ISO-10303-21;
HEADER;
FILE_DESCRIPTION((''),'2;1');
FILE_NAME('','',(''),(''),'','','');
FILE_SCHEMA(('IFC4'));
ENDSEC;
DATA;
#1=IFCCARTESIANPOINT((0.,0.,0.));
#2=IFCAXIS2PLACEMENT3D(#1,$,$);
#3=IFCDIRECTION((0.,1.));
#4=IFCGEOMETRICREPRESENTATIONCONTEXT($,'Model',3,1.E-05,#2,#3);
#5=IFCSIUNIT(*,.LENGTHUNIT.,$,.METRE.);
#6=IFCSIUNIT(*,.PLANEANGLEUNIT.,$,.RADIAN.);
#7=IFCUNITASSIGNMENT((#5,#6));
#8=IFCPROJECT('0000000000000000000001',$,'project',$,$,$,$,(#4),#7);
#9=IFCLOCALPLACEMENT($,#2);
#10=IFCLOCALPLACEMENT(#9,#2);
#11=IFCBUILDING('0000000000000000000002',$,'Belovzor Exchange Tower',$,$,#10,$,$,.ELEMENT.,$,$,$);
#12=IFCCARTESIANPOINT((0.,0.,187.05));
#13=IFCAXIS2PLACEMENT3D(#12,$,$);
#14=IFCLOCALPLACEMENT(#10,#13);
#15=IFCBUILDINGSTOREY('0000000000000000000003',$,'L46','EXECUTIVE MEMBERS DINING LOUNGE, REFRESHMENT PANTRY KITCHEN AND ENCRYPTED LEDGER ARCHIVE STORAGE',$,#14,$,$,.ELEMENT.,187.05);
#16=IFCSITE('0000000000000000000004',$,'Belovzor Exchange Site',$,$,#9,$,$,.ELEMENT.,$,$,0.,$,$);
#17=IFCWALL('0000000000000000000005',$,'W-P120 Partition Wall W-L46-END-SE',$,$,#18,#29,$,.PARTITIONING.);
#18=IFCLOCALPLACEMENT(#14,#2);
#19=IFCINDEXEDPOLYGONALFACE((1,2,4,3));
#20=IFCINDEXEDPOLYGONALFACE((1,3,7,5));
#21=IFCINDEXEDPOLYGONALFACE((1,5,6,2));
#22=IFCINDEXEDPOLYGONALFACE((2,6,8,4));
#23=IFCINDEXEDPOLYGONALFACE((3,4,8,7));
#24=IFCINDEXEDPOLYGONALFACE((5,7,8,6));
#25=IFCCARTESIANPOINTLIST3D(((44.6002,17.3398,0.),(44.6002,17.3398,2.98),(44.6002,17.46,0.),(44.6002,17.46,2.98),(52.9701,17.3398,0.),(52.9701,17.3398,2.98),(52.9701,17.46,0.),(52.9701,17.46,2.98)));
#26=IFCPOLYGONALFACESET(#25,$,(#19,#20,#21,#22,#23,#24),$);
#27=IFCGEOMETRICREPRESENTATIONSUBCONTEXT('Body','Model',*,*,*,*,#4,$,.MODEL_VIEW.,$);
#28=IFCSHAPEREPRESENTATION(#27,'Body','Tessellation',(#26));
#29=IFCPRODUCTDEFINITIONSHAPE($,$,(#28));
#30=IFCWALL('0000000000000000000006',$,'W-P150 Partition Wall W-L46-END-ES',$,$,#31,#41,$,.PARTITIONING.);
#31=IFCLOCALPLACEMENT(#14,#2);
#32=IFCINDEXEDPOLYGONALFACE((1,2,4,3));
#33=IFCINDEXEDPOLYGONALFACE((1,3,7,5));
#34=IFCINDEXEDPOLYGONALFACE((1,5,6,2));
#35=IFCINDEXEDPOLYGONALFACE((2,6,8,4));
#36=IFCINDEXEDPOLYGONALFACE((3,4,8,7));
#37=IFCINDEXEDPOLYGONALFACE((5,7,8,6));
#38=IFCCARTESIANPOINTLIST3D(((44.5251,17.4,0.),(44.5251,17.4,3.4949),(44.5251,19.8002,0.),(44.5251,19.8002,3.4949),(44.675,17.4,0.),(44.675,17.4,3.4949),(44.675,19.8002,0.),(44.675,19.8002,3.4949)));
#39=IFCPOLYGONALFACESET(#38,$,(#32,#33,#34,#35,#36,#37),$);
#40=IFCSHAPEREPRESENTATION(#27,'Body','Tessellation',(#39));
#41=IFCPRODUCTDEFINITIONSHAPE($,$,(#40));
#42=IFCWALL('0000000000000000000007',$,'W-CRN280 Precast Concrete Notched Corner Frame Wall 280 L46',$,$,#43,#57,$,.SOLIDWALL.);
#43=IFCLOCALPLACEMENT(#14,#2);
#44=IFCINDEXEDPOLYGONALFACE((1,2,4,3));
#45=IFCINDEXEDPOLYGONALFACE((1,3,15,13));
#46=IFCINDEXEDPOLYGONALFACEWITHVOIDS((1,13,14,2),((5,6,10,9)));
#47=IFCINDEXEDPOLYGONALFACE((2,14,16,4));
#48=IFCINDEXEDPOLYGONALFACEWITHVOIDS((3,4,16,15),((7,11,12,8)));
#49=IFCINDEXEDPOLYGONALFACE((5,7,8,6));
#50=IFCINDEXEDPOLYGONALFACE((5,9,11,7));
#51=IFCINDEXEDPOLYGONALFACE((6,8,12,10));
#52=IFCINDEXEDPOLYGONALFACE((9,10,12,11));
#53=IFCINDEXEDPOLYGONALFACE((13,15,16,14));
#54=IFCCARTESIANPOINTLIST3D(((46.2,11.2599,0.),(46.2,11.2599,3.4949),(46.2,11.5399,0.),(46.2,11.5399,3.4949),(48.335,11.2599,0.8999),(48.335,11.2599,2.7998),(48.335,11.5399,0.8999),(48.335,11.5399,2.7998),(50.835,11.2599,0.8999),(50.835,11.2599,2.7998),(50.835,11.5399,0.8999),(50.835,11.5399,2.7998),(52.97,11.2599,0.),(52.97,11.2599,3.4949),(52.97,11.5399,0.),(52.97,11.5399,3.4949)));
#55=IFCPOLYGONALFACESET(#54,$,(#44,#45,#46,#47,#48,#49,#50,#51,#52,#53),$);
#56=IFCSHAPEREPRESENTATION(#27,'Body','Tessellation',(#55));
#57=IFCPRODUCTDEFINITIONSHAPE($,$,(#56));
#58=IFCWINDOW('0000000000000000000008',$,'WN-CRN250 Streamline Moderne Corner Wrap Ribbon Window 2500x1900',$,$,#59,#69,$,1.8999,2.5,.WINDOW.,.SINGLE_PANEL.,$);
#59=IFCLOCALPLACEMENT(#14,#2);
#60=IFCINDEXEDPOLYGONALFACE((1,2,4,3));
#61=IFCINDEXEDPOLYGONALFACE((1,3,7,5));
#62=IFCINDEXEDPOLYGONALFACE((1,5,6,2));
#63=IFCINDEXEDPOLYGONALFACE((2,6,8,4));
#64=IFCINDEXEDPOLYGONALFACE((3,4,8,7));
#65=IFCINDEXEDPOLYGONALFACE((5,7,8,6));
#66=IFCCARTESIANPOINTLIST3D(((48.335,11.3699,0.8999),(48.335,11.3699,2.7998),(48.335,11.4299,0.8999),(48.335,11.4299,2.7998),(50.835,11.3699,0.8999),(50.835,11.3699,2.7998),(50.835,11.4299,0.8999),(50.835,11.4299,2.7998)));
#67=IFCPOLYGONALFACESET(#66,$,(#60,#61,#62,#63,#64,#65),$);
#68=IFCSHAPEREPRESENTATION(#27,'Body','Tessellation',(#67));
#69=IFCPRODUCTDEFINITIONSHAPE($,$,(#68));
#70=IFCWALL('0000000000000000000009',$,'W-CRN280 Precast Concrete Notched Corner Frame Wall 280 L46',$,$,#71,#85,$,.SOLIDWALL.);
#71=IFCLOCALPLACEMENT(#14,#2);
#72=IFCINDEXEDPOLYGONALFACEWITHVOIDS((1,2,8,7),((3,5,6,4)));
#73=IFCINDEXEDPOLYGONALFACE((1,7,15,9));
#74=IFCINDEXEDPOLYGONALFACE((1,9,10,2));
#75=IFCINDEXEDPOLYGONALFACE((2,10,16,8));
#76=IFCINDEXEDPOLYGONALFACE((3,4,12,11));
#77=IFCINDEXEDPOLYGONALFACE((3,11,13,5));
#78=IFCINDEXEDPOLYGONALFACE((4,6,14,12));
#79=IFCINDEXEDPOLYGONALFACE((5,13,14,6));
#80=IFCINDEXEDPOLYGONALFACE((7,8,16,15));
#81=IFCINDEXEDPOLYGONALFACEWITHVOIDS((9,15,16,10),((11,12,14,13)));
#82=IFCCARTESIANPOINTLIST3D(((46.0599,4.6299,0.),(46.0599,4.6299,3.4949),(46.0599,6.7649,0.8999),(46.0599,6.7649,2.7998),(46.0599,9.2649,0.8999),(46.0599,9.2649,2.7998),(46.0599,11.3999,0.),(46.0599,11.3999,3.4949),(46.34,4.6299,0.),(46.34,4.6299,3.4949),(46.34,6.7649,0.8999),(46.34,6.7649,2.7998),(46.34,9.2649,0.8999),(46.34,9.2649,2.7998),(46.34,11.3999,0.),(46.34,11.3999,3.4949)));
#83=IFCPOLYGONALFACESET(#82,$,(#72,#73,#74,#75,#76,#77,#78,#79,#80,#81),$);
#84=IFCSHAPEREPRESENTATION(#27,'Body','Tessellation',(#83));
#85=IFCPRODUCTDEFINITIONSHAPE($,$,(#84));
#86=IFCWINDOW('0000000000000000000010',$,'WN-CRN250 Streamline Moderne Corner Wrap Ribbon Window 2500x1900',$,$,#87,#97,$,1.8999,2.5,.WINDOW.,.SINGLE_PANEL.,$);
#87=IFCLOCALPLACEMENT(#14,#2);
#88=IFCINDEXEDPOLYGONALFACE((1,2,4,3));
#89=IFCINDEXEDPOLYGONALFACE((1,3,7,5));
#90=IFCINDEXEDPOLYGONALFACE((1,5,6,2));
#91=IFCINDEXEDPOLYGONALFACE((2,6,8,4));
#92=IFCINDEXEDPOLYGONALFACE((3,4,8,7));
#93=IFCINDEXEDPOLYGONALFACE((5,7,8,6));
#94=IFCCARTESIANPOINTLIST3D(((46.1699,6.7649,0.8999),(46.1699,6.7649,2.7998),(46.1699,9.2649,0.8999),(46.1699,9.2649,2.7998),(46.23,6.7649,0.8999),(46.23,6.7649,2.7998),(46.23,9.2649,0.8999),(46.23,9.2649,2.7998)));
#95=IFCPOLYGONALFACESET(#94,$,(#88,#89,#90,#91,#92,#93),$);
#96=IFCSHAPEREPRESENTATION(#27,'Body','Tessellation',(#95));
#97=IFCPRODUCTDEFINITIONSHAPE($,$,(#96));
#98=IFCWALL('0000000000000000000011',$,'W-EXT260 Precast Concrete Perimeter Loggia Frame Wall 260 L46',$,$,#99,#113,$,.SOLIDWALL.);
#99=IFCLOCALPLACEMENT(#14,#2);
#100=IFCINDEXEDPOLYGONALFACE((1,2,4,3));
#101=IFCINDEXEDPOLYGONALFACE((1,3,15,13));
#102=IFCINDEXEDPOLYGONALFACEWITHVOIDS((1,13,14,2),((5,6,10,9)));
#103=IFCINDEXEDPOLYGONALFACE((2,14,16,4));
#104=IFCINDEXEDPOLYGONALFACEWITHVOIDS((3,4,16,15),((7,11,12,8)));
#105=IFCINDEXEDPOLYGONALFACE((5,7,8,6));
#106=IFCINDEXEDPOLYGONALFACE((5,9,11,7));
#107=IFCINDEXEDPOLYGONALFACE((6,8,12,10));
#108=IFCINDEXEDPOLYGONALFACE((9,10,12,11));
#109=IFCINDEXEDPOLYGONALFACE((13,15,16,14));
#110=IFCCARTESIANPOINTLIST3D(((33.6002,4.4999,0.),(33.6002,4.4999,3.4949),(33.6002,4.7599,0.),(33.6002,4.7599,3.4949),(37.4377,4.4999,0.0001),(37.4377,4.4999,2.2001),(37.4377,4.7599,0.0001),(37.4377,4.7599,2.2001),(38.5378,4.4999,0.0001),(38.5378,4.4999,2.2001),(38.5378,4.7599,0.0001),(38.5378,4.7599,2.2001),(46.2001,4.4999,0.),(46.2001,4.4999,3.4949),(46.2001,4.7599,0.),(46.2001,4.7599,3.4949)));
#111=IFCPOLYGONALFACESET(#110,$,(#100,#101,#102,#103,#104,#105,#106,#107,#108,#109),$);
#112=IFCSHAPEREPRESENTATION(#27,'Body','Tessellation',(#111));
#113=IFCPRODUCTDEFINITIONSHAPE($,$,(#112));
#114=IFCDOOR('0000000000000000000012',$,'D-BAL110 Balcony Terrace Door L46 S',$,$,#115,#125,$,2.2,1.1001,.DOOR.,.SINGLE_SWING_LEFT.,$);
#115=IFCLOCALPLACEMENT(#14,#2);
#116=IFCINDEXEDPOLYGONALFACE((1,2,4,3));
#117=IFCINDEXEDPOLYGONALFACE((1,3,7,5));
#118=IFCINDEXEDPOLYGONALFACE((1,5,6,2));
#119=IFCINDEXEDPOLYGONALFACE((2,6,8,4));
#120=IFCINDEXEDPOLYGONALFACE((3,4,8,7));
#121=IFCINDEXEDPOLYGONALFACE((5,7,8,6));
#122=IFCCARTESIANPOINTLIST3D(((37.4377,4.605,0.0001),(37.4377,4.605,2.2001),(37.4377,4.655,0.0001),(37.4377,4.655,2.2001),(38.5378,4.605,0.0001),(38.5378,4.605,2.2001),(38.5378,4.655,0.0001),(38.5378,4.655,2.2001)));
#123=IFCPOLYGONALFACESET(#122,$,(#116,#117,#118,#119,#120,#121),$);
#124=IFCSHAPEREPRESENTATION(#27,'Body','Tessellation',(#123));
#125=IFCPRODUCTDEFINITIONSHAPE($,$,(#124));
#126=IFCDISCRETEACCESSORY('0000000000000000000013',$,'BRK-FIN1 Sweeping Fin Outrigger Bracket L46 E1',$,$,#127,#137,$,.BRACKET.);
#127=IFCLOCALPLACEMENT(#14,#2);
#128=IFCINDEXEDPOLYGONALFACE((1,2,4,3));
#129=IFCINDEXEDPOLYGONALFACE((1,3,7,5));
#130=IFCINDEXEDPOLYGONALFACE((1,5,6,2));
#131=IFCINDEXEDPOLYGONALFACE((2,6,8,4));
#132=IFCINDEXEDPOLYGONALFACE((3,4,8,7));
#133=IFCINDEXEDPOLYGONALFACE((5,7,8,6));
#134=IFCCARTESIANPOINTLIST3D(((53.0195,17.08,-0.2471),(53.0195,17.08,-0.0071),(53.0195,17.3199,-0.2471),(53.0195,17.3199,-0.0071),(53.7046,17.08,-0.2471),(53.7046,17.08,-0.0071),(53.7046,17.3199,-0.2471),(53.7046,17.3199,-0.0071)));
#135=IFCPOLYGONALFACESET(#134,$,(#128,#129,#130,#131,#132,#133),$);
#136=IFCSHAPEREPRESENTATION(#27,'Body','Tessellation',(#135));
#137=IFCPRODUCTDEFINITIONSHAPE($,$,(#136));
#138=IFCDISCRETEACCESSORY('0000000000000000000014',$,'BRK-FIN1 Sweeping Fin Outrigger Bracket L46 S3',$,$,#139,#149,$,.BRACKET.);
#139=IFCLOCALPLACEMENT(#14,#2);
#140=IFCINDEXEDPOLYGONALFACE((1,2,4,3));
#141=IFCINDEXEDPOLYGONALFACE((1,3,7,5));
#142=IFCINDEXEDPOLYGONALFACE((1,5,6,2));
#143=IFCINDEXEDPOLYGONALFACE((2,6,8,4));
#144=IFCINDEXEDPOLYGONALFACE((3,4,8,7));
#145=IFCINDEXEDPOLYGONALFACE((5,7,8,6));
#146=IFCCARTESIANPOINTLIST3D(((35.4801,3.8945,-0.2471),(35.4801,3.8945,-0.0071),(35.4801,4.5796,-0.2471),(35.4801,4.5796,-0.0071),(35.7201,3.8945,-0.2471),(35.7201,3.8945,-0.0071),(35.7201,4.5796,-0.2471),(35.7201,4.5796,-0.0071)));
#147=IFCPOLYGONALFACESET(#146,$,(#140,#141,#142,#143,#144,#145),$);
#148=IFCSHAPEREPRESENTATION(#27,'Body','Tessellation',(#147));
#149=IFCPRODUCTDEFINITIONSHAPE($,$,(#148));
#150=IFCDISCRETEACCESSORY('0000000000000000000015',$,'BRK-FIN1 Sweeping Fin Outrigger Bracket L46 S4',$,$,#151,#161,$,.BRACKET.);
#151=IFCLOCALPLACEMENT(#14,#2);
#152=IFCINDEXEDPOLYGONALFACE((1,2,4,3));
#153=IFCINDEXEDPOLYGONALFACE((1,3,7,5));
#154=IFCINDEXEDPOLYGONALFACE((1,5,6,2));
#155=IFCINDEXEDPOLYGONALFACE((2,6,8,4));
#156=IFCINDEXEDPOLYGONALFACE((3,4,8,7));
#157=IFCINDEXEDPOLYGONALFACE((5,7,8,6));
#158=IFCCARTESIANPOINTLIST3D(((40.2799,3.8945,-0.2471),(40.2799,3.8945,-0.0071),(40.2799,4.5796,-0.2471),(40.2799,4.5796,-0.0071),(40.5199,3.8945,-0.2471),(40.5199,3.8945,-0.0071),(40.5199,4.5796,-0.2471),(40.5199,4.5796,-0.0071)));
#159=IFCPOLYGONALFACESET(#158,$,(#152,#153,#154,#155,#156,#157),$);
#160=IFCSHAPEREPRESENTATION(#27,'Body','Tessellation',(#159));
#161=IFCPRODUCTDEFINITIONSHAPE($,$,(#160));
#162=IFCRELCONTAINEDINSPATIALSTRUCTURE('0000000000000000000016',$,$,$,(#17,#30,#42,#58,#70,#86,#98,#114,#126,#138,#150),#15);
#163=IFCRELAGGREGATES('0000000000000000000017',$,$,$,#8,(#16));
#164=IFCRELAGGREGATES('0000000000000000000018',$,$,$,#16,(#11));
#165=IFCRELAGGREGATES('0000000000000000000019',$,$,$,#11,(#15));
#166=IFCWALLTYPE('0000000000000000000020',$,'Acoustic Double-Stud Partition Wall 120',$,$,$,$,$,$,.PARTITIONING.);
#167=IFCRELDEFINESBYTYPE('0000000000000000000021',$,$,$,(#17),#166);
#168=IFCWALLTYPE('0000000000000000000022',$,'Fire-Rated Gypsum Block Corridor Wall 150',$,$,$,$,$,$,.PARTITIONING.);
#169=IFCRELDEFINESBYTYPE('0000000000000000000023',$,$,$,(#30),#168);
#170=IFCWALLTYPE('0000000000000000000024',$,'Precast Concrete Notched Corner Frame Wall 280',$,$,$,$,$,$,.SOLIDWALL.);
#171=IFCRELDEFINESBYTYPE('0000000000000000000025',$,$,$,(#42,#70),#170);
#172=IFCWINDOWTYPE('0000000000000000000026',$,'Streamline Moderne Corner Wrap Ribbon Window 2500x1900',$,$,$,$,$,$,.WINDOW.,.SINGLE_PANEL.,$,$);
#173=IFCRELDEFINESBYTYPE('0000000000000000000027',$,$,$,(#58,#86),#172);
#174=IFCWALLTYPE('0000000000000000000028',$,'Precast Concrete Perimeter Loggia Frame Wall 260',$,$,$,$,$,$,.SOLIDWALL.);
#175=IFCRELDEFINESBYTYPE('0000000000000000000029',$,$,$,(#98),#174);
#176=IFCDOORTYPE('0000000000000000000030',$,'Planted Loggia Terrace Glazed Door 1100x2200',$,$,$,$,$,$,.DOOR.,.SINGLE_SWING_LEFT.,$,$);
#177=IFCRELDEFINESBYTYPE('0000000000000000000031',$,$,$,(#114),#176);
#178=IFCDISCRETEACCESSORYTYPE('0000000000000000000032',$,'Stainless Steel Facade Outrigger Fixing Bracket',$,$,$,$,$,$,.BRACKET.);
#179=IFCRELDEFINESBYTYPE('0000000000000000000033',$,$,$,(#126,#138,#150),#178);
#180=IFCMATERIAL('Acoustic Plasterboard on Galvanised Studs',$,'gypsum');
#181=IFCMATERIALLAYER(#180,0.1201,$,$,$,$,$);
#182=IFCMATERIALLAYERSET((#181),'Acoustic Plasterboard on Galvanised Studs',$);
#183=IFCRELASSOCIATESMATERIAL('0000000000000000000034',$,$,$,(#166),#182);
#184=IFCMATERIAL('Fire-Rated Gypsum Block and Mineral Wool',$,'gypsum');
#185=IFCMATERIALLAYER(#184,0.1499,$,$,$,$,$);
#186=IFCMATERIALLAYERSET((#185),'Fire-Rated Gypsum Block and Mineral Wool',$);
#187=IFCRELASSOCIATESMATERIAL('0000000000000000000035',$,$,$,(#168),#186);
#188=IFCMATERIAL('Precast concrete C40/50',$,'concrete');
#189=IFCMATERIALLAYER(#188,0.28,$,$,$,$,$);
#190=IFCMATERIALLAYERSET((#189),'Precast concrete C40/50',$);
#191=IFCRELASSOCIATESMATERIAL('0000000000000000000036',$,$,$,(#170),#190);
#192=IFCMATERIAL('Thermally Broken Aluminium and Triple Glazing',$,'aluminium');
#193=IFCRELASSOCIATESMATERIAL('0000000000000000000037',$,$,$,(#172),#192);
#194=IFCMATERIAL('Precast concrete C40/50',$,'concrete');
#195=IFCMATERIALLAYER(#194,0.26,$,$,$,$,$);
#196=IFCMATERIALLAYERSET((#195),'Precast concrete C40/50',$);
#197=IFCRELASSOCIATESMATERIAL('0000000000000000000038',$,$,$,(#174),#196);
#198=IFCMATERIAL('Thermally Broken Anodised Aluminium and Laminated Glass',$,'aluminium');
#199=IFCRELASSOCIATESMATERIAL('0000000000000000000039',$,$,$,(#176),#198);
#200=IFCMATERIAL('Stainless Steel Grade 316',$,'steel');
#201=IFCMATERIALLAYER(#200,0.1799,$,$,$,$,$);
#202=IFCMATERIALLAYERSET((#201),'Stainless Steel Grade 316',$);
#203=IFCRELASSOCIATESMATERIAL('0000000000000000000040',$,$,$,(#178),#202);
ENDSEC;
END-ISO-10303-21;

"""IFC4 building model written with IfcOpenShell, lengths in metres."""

from ifc_helpers import new_model, si_unit, direction, frame, frame_2d, origin, origin_2d, place, context, subcontext, project, spatial, rectangle, extrude, material, layer, layer_set, type_object, element, fill, save


model = new_model("IFC4")

# Units and contexts
model_context = context("Model", 3, precision=1e-05, world=origin(), true_north=direction((0.0, 1.0)))
body_context = subcontext(model_context, "Body", "Model", "MODEL_VIEW")
ifc_project = project(units=[si_unit("LENGTHUNIT", "METRE"), si_unit("PLANEANGLEUNIT", "RADIAN")], contexts=[model_context])

# Site, building, storey
site_placement = place(None, origin())
site = spatial("IfcSite", under=ifc_project, at=site_placement, Name="Belovzor Exchange Site", CompositionType="ELEMENT", RefElevation=0.0)
building_placement = place(site_placement, origin())
building = spatial("IfcBuilding", under=site, at=building_placement, Name="Belovzor Exchange Tower", CompositionType="ELEMENT")
storey_placement = place(building_placement, frame((0.0, 0.0, 187.05)))
storey = spatial("IfcBuildingStorey", under=building, at=storey_placement, Name="L46", Description="EXECUTIVE MEMBERS DINING LOUNGE, REFRESHMENT PANTRY KITCHEN AND ENCRYPTED LEDGER ARCHIVE STORAGE", CompositionType="ELEMENT", Elevation=187.05)

# Walls
ifc_material_1 = material(Name="Acoustic Plasterboard on Galvanised Studs", Category="gypsum")
ifc_layer_1 = layer(ifc_material_1, 0.1201)
ifc_layer_set_1 = layer_set([ifc_layer_1], Name="Acoustic Plasterboard on Galvanised Studs")
wall_type_1 = type_object("IfcWallType", Name="Acoustic Double-Stud Partition Wall 120", PredefinedType="PARTITIONING", material=ifc_layer_set_1)
wall_1_placement = place(storey_placement, frame((44.6001, 17.3999, 0.0), z_axis=(0.0, 0.0, 1.0), x_axis=(1.0, 0.0, 0.0)))
element("IfcWall", 1, at=wall_1_placement, inside=storey, type_object=wall_type_1, Name="W-P120 Partition Wall W-L46-END-SE", PredefinedType="PARTITIONING", context=body_context, shape_type="SweptSolid", body=[
    extrude(rectangle(XDim=8.3699, YDim=0.1201, at=frame_2d((4.1851, 0.0))), origin(), (0.0, 0.0, 1.0), 2.98),
])
ifc_material_2 = material(Name="Fire-Rated Gypsum Block and Mineral Wool", Category="gypsum")
ifc_layer_2 = layer(ifc_material_2, 0.1499)
ifc_layer_set_2 = layer_set([ifc_layer_2], Name="Fire-Rated Gypsum Block and Mineral Wool")
wall_type_2 = type_object("IfcWallType", Name="Fire-Rated Gypsum Block Corridor Wall 150", PredefinedType="PARTITIONING", material=ifc_layer_set_2)
wall_2_placement = place(storey_placement, frame((44.6001, 17.3999, 0.0), z_axis=(0.0, 0.0, 1.0), x_axis=(0.0, 1.0, 0.0)))
element("IfcWall", 2, at=wall_2_placement, inside=storey, type_object=wall_type_2, Name="W-P150 Partition Wall W-L46-END-ES", PredefinedType="PARTITIONING", context=body_context, shape_type="SweptSolid", body=[
    extrude(rectangle(XDim=2.4001, YDim=0.1499, at=frame_2d((1.2002, 0.0))), origin(), (0.0, 0.0, 1.0), 3.4949),
])

# Walls, openings, windows
ifc_material_3 = material(Name="Precast concrete C40/50", Category="concrete")
ifc_layer_3 = layer(ifc_material_3, 0.28)
ifc_layer_set_3 = layer_set([ifc_layer_3], Name="Precast concrete C40/50")
wall_type_3 = type_object("IfcWallType", Name="Precast Concrete Notched Corner Frame Wall 280", PredefinedType="SOLIDWALL", material=ifc_layer_set_3)
wall_3_placement = place(storey_placement, frame((52.97, 11.3999, 0.0), z_axis=(0.0, 0.0, 1.0), x_axis=(-1.0, 0.0, 0.0)))
wall_3 = element("IfcWall", 3, at=wall_3_placement, inside=storey, type_object=wall_type_3, Name="W-CRN280 Precast Concrete Notched Corner Frame Wall 280 L46", PredefinedType="SOLIDWALL", context=body_context, shape_type="SweptSolid", body=[
    extrude(rectangle(XDim=6.77, YDim=0.28, at=frame_2d((3.385, 0.0))), origin(), (0.0, 0.0, 1.0), 3.4949),
])
opening_1_placement = place(wall_3_placement, frame((2.135, 0.0, 0.8999)))
opening_1 = element("IfcOpeningElement", 4, at=opening_1_placement, cuts=wall_3, PredefinedType="OPENING", context=body_context, shape_type="SweptSolid", body=[
    extrude(rectangle(XDim=2.5, YDim=1.8999, at=frame_2d((1.25, 0.95))), frame((0.0, 0.1499, 0.0), z_axis=(0.0, -1.0, 0.0), x_axis=(1.0, 0.0, 0.0)), (0.0, 0.0, 1.0), 0.3),
])
ifc_material_4 = material(Name="Thermally Broken Aluminium and Triple Glazing", Category="aluminium")
window_type = type_object("IfcWindowType", Name="Streamline Moderne Corner Wrap Ribbon Window 2500x1900", PartitioningType="SINGLE_PANEL", PredefinedType="WINDOW", material=ifc_material_4)
window_1_placement = place(opening_1_placement, origin())
window_1 = element("IfcWindow", 5, at=window_1_placement, inside=storey, type_object=window_type, Name="WN-CRN250 Streamline Moderne Corner Wrap Ribbon Window 2500x1900", OverallHeight=1.8999, OverallWidth=2.5, PartitioningType="SINGLE_PANEL", PredefinedType="WINDOW", context=body_context, shape_type="SweptSolid", body=[
    extrude(rectangle(XDim=2.5, YDim=1.8999, at=frame_2d((1.25, 0.95))), frame((0.0, 0.03, 0.0), z_axis=(0.0, -1.0, 0.0), x_axis=(1.0, 0.0, 0.0)), (0.0, 0.0, 1.0), 0.0601),
])
fill(opening_1, window_1)
wall_4_placement = place(storey_placement, frame((46.2, 11.3999, 0.0), z_axis=(0.0, 0.0, 1.0), x_axis=(0.0, -1.0, 0.0)))
wall_4 = element("IfcWall", 6, at=wall_4_placement, inside=storey, type_object=wall_type_3, Name="W-CRN280 Precast Concrete Notched Corner Frame Wall 280 L46", PredefinedType="SOLIDWALL", context=body_context, shape_type="SweptSolid", body=[
    extrude(rectangle(XDim=6.77, YDim=0.28, at=frame_2d((3.385, 0.0))), origin(), (0.0, 0.0, 1.0), 3.4949),
])
opening_2_placement = place(wall_4_placement, frame((2.135, 0.0, 0.8999)))
opening_2 = element("IfcOpeningElement", 7, at=opening_2_placement, cuts=wall_4, PredefinedType="OPENING", context=body_context, shape_type="SweptSolid", body=[
    extrude(rectangle(XDim=2.5, YDim=1.8999, at=frame_2d((1.25, 0.95))), frame((0.0, 0.1499, 0.0), z_axis=(0.0, -1.0, 0.0), x_axis=(1.0, 0.0, 0.0)), (0.0, 0.0, 1.0), 0.3),
])
window_2_placement = place(opening_2_placement, origin())
window_2 = element("IfcWindow", 8, at=window_2_placement, inside=storey, type_object=window_type, Name="WN-CRN250 Streamline Moderne Corner Wrap Ribbon Window 2500x1900", OverallHeight=1.8999, OverallWidth=2.5, PartitioningType="SINGLE_PANEL", PredefinedType="WINDOW", context=body_context, shape_type="SweptSolid", body=[
    extrude(rectangle(XDim=2.5, YDim=1.8999, at=frame_2d((1.25, 0.95))), frame((0.0, 0.03, 0.0), z_axis=(0.0, -1.0, 0.0), x_axis=(1.0, 0.0, 0.0)), (0.0, 0.0, 1.0), 0.0601),
])
fill(opening_2, window_2)

# Wall, opening, door
ifc_material_5 = material(Name="Precast concrete C40/50", Category="concrete")
ifc_layer_4 = layer(ifc_material_5, 0.26)
ifc_layer_set_4 = layer_set([ifc_layer_4], Name="Precast concrete C40/50")
wall_type_4 = type_object("IfcWallType", Name="Precast Concrete Perimeter Loggia Frame Wall 260", PredefinedType="SOLIDWALL", material=ifc_layer_set_4)
wall_5_placement = place(storey_placement, frame((46.2, 4.6299, 0.0), z_axis=(0.0, 0.0, 1.0), x_axis=(-1.0, 0.0, 0.0)))
wall_5 = element("IfcWall", 9, at=wall_5_placement, inside=storey, type_object=wall_type_4, Name="W-EXT260 Precast Concrete Perimeter Loggia Frame Wall 260 L46", PredefinedType="SOLIDWALL", context=body_context, shape_type="SweptSolid", body=[
    extrude(rectangle(XDim=12.5999, YDim=0.26, at=frame_2d((6.2998, 0.0))), origin(), (0.0, 0.0, 1.0), 3.4949),
])
opening_3_placement = place(wall_5_placement, frame((7.6621, 0.0, 0.0)))
opening_3 = element("IfcOpeningElement", 10, at=opening_3_placement, cuts=wall_5, PredefinedType="OPENING", context=body_context, shape_type="SweptSolid", body=[
    extrude(rectangle(XDim=1.1001, YDim=2.2, at=frame_2d((0.55, 1.1001))), frame((0.0, 0.1399, 0.0), z_axis=(0.0, -1.0, 0.0), x_axis=(1.0, 0.0, 0.0)), (0.0, 0.0, 1.0), 0.28),
])
ifc_material_6 = material(Name="Thermally Broken Anodised Aluminium and Laminated Glass", Category="aluminium")
door_type = type_object("IfcDoorType", Name="Planted Loggia Terrace Glazed Door 1100x2200", OperationType="SINGLE_SWING_LEFT", PredefinedType="DOOR", material=ifc_material_6)
door_placement = place(opening_3_placement, origin())
door = element("IfcDoor", 11, at=door_placement, inside=storey, type_object=door_type, Name="D-BAL110 Balcony Terrace Door L46 S", OperationType="SINGLE_SWING_LEFT", OverallHeight=2.2, OverallWidth=1.1001, PredefinedType="DOOR", context=body_context, shape_type="SweptSolid", body=[
    extrude(rectangle(XDim=1.1001, YDim=2.2, at=frame_2d((0.55, 1.1001))), frame((0.0, 0.0249, 0.0), z_axis=(0.0, -1.0, 0.0), x_axis=(1.0, 0.0, 0.0)), (0.0, 0.0, 1.0), 0.05),
])
fill(opening_3, door)

# Discrete accessories
ifc_material_7 = material(Name="Stainless Steel Grade 316", Category="steel")
ifc_layer_5 = layer(ifc_material_7, 0.1799)
ifc_layer_set_5 = layer_set([ifc_layer_5], Name="Stainless Steel Grade 316")
discrete_accessory_type = type_object("IfcDiscreteAccessoryType", Name="Stainless Steel Facade Outrigger Fixing Bracket", PredefinedType="BRACKET", material=ifc_layer_set_5)
for number, where, z_axis, x_axis, name in (
    (12, (53.3621, 17.2, -0.2471), (0.0, 0.0, 1.0), (1.0, 0.0, 0.0), "BRK-FIN1 Sweeping Fin Outrigger Bracket L46 E1"),
    (13, (35.6001, 4.2371, -0.2471), (0.0, 0.0, 1.0), (0.0, 1.0, 0.0), "BRK-FIN1 Sweeping Fin Outrigger Bracket L46 S3"),
    (14, (40.3999, 4.2371, -0.2471), (0.0, 0.0, 1.0), (0.0, 1.0, 0.0), "BRK-FIN1 Sweeping Fin Outrigger Bracket L46 S4"),
):
    element("IfcDiscreteAccessory", number, at=place(storey_placement, frame(where, z_axis=z_axis, x_axis=x_axis)), inside=storey, type_object=discrete_accessory_type, Name=name, PredefinedType="BRACKET", context=body_context, shape_type="SweptSolid", body=[
        extrude(rectangle(XDim=0.6851, YDim=0.24, at=origin_2d()), origin(), (0.0, 0.0, 1.0), 0.24),
    ])

save(model, "model.ifc")
